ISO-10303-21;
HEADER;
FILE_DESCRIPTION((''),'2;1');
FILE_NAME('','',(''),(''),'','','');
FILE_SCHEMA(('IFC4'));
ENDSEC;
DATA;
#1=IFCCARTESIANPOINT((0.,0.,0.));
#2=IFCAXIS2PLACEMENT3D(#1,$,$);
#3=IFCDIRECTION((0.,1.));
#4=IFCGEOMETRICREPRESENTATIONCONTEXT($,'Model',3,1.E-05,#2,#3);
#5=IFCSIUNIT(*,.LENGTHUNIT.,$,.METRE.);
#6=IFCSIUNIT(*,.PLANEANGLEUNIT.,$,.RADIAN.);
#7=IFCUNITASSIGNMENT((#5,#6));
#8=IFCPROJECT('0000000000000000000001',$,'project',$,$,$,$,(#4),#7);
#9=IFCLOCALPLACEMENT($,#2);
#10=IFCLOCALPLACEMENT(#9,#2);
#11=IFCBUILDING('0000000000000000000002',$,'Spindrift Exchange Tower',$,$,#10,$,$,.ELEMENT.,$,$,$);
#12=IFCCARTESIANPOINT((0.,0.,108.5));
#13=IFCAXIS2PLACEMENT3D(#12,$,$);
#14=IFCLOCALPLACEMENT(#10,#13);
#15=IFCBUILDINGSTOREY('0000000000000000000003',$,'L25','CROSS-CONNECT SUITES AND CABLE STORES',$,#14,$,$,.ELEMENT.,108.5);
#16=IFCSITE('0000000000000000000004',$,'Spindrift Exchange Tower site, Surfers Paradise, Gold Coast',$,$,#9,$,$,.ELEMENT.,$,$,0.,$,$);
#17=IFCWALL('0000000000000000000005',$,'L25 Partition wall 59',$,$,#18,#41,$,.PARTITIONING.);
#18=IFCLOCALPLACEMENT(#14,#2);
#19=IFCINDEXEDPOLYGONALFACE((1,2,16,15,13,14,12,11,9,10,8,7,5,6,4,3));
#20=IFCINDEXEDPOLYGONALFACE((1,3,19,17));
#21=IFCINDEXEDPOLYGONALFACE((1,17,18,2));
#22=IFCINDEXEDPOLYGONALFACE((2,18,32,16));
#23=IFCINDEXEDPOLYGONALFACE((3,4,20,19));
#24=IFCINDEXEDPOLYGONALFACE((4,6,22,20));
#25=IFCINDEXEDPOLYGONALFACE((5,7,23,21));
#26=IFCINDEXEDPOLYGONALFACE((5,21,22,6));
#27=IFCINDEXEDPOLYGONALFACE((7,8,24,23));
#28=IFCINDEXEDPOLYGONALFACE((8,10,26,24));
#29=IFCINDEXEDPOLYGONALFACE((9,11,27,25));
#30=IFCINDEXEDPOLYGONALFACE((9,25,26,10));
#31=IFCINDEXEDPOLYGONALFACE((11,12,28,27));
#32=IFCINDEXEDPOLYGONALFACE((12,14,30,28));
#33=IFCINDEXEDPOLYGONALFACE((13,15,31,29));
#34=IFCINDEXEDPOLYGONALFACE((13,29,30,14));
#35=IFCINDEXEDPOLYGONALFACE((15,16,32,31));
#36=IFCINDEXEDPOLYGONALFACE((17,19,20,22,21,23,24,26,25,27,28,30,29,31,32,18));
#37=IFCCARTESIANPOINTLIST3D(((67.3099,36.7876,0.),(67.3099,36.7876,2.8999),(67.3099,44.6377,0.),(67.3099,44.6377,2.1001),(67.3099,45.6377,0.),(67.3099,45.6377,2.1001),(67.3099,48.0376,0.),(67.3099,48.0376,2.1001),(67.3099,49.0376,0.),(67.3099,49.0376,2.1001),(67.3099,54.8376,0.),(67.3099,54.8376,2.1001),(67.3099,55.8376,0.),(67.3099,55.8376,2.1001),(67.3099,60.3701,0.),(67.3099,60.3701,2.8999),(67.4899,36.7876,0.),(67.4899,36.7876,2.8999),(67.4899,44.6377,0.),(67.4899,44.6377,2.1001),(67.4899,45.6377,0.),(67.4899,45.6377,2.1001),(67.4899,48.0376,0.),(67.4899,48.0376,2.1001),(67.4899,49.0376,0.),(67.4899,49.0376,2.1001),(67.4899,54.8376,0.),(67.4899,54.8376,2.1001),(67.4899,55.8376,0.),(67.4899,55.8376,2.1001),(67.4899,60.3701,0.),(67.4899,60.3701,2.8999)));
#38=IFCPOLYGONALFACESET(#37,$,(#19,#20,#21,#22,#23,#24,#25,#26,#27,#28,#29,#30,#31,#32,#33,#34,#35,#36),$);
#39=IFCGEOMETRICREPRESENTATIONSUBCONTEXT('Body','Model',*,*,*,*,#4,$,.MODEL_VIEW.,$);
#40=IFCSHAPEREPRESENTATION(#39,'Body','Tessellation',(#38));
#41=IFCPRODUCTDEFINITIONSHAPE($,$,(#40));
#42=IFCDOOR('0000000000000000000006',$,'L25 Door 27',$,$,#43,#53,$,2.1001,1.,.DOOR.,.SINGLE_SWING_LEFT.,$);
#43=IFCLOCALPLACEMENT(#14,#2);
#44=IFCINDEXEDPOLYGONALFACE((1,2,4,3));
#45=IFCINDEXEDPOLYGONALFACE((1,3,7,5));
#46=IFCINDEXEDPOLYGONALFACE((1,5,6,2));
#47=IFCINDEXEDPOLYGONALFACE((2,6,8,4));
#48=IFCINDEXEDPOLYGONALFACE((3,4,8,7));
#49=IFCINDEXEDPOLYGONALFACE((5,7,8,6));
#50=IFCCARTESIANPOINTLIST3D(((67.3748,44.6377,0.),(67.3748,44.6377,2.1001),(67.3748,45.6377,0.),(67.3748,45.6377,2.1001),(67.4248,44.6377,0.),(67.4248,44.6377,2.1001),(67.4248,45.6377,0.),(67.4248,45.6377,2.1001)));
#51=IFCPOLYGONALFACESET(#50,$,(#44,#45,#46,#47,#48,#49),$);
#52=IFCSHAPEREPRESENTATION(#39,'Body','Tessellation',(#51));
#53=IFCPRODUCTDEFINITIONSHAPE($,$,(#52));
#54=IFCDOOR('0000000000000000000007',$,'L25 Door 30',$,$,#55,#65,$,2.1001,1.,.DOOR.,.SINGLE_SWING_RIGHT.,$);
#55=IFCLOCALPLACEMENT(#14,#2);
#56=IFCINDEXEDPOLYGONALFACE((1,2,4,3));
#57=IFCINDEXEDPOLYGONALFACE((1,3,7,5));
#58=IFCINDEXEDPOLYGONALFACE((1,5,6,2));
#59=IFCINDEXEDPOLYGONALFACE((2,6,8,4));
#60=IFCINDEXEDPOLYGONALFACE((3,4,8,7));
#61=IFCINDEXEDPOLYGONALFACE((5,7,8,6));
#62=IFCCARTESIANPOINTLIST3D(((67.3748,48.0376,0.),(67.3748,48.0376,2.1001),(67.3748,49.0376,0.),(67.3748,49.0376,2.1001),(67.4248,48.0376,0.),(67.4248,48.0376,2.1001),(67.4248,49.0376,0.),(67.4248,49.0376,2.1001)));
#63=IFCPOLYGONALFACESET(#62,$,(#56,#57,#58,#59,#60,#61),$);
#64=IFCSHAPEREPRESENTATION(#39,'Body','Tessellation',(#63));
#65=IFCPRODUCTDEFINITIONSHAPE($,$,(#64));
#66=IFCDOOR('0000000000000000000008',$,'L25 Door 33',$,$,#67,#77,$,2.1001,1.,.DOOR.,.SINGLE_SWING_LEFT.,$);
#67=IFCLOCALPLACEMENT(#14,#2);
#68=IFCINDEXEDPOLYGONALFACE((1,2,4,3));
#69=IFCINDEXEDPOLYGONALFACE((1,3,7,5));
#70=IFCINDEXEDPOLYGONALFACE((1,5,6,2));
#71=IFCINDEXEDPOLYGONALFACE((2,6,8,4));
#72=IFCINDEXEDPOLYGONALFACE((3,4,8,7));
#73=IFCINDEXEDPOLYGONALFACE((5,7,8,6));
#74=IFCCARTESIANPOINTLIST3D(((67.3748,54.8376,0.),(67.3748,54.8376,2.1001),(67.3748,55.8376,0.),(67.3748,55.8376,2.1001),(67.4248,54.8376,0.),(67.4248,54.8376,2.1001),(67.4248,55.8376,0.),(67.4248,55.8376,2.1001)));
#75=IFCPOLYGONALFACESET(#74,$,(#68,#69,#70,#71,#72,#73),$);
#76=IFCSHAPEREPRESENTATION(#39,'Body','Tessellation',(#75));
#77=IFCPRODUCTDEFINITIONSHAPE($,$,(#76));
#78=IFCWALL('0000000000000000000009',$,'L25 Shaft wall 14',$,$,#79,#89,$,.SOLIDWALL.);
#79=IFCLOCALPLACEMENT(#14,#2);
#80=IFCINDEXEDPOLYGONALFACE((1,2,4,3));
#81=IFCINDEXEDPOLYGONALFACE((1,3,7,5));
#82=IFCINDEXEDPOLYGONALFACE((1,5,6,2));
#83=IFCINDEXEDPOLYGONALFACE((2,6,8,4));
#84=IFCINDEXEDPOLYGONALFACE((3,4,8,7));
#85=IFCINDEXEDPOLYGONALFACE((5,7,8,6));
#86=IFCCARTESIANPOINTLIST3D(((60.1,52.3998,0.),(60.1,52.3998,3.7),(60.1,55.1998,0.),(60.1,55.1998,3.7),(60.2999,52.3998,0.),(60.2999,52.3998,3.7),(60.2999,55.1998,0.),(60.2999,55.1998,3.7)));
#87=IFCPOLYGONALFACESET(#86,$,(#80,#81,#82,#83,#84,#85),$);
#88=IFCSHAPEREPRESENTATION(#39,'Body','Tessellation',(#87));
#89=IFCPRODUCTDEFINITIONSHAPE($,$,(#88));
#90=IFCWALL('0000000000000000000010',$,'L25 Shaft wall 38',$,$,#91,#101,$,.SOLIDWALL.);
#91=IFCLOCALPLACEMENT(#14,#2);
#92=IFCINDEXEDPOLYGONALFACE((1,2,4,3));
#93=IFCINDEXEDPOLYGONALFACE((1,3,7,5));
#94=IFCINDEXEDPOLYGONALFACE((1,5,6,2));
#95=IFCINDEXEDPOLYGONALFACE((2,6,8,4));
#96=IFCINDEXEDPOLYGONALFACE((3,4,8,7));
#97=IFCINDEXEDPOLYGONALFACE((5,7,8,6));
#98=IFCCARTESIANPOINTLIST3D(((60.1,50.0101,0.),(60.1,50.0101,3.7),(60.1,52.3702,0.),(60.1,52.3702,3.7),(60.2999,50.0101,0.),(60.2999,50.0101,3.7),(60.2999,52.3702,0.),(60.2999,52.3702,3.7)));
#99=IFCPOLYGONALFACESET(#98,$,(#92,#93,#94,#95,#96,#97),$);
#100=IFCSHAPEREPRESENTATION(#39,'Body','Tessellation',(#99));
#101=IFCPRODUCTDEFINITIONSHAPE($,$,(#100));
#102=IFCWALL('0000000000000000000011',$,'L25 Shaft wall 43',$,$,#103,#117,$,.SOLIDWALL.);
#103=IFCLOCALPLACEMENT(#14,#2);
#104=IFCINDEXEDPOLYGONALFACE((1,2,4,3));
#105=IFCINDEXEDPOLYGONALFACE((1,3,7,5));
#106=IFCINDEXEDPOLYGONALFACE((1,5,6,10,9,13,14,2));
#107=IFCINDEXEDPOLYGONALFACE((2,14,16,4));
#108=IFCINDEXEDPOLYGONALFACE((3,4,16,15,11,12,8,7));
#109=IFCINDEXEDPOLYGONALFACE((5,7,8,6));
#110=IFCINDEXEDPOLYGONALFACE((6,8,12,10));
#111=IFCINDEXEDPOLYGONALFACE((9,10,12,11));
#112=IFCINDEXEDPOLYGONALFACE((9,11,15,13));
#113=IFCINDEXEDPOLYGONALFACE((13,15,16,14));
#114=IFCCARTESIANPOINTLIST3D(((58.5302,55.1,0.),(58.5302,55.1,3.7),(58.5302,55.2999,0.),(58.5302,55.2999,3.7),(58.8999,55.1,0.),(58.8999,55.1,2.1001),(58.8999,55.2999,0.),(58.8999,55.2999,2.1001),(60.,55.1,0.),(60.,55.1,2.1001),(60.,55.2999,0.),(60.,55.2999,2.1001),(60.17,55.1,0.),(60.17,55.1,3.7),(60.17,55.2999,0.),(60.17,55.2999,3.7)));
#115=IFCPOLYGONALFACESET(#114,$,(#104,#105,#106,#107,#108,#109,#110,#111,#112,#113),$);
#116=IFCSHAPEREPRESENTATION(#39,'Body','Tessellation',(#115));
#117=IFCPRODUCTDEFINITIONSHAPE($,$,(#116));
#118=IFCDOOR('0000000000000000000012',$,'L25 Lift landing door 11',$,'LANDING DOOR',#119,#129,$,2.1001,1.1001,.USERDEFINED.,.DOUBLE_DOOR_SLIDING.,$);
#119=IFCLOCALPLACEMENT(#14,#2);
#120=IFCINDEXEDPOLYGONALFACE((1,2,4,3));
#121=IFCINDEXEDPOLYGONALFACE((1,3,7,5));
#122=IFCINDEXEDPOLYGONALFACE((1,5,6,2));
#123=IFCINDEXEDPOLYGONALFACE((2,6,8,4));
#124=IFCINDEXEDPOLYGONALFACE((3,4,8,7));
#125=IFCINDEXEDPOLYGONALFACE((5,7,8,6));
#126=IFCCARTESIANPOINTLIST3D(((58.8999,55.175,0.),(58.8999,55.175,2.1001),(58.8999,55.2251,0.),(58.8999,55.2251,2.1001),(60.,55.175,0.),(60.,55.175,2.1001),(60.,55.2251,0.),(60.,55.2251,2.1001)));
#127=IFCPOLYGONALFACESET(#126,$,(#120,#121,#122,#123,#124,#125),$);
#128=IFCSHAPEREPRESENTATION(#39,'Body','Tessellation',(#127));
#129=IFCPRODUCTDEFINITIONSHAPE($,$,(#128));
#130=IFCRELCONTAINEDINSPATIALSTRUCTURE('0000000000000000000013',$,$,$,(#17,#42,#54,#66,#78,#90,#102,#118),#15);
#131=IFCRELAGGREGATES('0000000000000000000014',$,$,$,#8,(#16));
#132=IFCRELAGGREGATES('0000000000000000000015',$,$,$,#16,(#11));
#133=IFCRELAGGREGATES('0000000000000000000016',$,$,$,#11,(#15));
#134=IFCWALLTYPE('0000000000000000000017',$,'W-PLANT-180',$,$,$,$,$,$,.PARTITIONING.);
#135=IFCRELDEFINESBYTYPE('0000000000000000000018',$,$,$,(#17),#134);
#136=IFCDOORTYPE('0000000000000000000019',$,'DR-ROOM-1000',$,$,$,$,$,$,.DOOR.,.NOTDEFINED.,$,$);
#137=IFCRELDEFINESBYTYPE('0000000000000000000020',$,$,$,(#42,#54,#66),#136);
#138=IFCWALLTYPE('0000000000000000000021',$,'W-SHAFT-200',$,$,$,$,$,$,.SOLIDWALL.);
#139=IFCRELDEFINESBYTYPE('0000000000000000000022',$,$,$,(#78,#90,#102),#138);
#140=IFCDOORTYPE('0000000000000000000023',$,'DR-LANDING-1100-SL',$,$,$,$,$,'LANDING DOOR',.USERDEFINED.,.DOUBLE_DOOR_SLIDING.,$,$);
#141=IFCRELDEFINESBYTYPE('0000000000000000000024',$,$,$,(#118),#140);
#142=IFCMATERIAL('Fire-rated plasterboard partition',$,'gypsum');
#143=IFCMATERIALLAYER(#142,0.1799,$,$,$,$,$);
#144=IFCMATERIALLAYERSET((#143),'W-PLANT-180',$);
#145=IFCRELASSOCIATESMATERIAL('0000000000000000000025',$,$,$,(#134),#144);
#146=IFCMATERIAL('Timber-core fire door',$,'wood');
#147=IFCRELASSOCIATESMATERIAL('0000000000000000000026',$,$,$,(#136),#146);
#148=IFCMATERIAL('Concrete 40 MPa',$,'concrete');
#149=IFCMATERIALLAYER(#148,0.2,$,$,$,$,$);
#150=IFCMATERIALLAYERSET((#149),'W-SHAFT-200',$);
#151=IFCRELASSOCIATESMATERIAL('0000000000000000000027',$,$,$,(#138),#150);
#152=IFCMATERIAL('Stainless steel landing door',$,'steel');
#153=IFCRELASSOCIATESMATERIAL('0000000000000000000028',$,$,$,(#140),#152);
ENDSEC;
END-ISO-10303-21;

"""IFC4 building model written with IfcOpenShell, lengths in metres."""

from ifc_helpers import new_model, si_unit, direction, frame, frame_2d, origin, place, context, subcontext, project, spatial, rectangle, extrude, source, transform, mapped, material, layer, layer_set, type_object, element, fill, save


model = new_model("IFC4")

# Units and contexts
model_context = context("Model", 3, precision=1e-05, world=origin(), true_north=direction((0.0, 1.0)))
body_context = subcontext(model_context, "Body", "Model", "MODEL_VIEW")
ifc_project = project(units=[si_unit("LENGTHUNIT", "METRE"), si_unit("PLANEANGLEUNIT", "RADIAN")], contexts=[model_context])

# Site, building, storey
site_placement = place(None, origin())
site = spatial("IfcSite", under=ifc_project, at=site_placement, Name="Spindrift Exchange Tower site, Surfers Paradise, Gold Coast", CompositionType="ELEMENT", RefElevation=0.0)
building_placement = place(site_placement, origin())
building = spatial("IfcBuilding", under=site, at=building_placement, Name="Spindrift Exchange Tower", CompositionType="ELEMENT")
storey_placement = place(building_placement, frame((0.0, 0.0, 108.5)))
storey = spatial("IfcBuildingStorey", under=building, at=storey_placement, Name="L25", Description="CROSS-CONNECT SUITES AND CABLE STORES", CompositionType="ELEMENT", Elevation=108.5)

# Shared definitions
ifc_material_1 = material(Name="Fire-rated plasterboard partition", Category="gypsum")

# Wall, openings, doors
ifc_layer_1 = layer(ifc_material_1, 0.1799)
ifc_layer_set_1 = layer_set([ifc_layer_1], Name="W-PLANT-180")
wall_type_1 = type_object("IfcWallType", Name="W-PLANT-180", PredefinedType="PARTITIONING", material=ifc_layer_set_1)
wall_1_placement = place(storey_placement, frame((67.3999, 60.3701, 0.0), z_axis=(0.0, 0.0, 1.0), x_axis=(0.0, -1.0, 0.0)))
wall_1 = element("IfcWall", 1, at=wall_1_placement, inside=storey, type_object=wall_type_1, Name="L25 Partition wall 59", PredefinedType="PARTITIONING", context=body_context, shape_type="SweptSolid", body=[
    extrude(rectangle(XDim=23.5825, YDim=0.1799, at=frame_2d((11.7913, 0.0))), origin(), (0.0, 0.0, 1.0), 2.8999),
])
opening_1_placement = place(wall_1_placement, frame((14.7324, 0.0, 0.0)))
opening_1 = element("IfcOpeningElement", 2, at=opening_1_placement, cuts=wall_1, PredefinedType="OPENING", context=body_context, shape_type="SweptSolid", body=[
    extrude(rectangle(XDim=1.0, YDim=2.1001, at=frame_2d((0.5, 1.05))), frame((0.0, 0.0999, 0.0), z_axis=(0.0, -1.0, 0.0), x_axis=(1.0, 0.0, 0.0)), (0.0, 0.0, 1.0), 0.2),
])
opening_2_placement = place(wall_1_placement, frame((11.3325, 0.0, 0.0)))
opening_2 = element("IfcOpeningElement", 3, at=opening_2_placement, cuts=wall_1, PredefinedType="OPENING", context=body_context, shape_type="SweptSolid", body=[
    extrude(rectangle(XDim=1.0, YDim=2.1001, at=frame_2d((0.5, 1.05))), frame((0.0, 0.0999, 0.0), z_axis=(0.0, -1.0, 0.0), x_axis=(1.0, 0.0, 0.0)), (0.0, 0.0, 1.0), 0.2),
])
opening_3_placement = place(wall_1_placement, frame((4.5325, 0.0, 0.0)))
opening_3 = element("IfcOpeningElement", 4, at=opening_3_placement, cuts=wall_1, PredefinedType="OPENING", context=body_context, shape_type="SweptSolid", body=[
    extrude(rectangle(XDim=1.0, YDim=2.1001, at=frame_2d((0.5, 1.05))), frame((0.0, 0.0999, 0.0), z_axis=(0.0, -1.0, 0.0), x_axis=(1.0, 0.0, 0.0)), (0.0, 0.0, 1.0), 0.2),
])
ifc_material_2 = material(Name="Timber-core fire door", Category="wood")
door_type_1 = type_object("IfcDoorType", Name="DR-ROOM-1000", OperationType="NOTDEFINED", PredefinedType="DOOR", material=ifc_material_2)
shared_shape_1 = source(origin(), body_context, "Body", "SweptSolid", [
    extrude(rectangle(XDim=1.0, YDim=2.1001, at=frame_2d((0.5, 1.05))), frame((0.0, 0.0249, 0.0), z_axis=(0.0, -1.0, 0.0), x_axis=(1.0, 0.0, 0.0)), (0.0, 0.0, 1.0), 0.05),
])
door_1_placement = place(opening_1_placement, origin())
door_1 = element("IfcDoor", 5, at=door_1_placement, inside=storey, type_object=door_type_1, Name="L25 Door 27", OperationType="SINGLE_SWING_LEFT", OverallHeight=2.1001, OverallWidth=1.0, PredefinedType="DOOR", context=body_context, shape_type="MappedRepresentation", body=[
    mapped(shared_shape_1, transform((0.0, 0.0, 0.0), scale=1.0)),
])
fill(opening_1, door_1)
door_2_placement = place(opening_2_placement, origin())
door_2 = element("IfcDoor", 6, at=door_2_placement, inside=storey, type_object=door_type_1, Name="L25 Door 30", OperationType="SINGLE_SWING_RIGHT", OverallHeight=2.1001, OverallWidth=1.0, PredefinedType="DOOR", context=body_context, shape_type="MappedRepresentation", body=[
    mapped(shared_shape_1, transform((0.0, 0.0, 0.0), scale=1.0)),
])
fill(opening_2, door_2)
door_3_placement = place(opening_3_placement, origin())
door_3 = element("IfcDoor", 7, at=door_3_placement, inside=storey, type_object=door_type_1, Name="L25 Door 33", OperationType="SINGLE_SWING_LEFT", OverallHeight=2.1001, OverallWidth=1.0, PredefinedType="DOOR", context=body_context, shape_type="MappedRepresentation", body=[
    mapped(shared_shape_1, transform((0.0, 0.0, 0.0), scale=1.0)),
])
fill(opening_3, door_3)

# Walls
ifc_material_3 = material(Name="Concrete 40 MPa", Category="concrete")
ifc_layer_2 = layer(ifc_material_3, 0.2)
ifc_layer_set_2 = layer_set([ifc_layer_2], Name="W-SHAFT-200")
wall_type_2 = type_object("IfcWallType", Name="W-SHAFT-200", PredefinedType="SOLIDWALL", material=ifc_layer_set_2)
wall_2_placement = place(storey_placement, frame((60.2, 52.3999, 0.0), z_axis=(0.0, 0.0, 1.0), x_axis=(0.0, 1.0, 0.0)))
element("IfcWall", 8, at=wall_2_placement, inside=storey, type_object=wall_type_2, Name="L25 Shaft wall 14", PredefinedType="SOLIDWALL", context=body_context, shape_type="SweptSolid", body=[
    extrude(rectangle(XDim=2.8, YDim=0.2, at=frame_2d((1.3999, 0.0))), origin(), (0.0, 0.0, 1.0), 3.7),
])
wall_3_placement = place(storey_placement, frame((60.2, 50.01, 0.0), z_axis=(0.0, 0.0, 1.0), x_axis=(0.0, 1.0, 0.0)))
element("IfcWall", 9, at=wall_3_placement, inside=storey, type_object=wall_type_2, Name="L25 Shaft wall 38", PredefinedType="SOLIDWALL", context=body_context, shape_type="SweptSolid", body=[
    extrude(rectangle(XDim=2.3601, YDim=0.2, at=frame_2d((1.1802, 0.0))), origin(), (0.0, 0.0, 1.0), 3.7),
])

# Wall, opening, door
wall_4_placement = place(storey_placement, frame((60.1699, 55.2, 0.0), z_axis=(0.0, 0.0, 1.0), x_axis=(-1.0, 0.0, 0.0)))
wall_4 = element("IfcWall", 10, at=wall_4_placement, inside=storey, type_object=wall_type_2, Name="L25 Shaft wall 43", PredefinedType="SOLIDWALL", context=body_context, shape_type="SweptSolid", body=[
    extrude(rectangle(XDim=1.6399, YDim=0.2, at=frame_2d((0.8198, 0.0))), origin(), (0.0, 0.0, 1.0), 3.7),
])
opening_4_placement = place(wall_4_placement, frame((0.1699, 0.0, 0.0)))
opening_4 = element("IfcOpeningElement", 11, at=opening_4_placement, cuts=wall_4, PredefinedType="OPENING", context=body_context, shape_type="SweptSolid", body=[
    extrude(rectangle(XDim=1.1001, YDim=2.1001, at=frame_2d((0.55, 1.05))), frame((0.0, 0.1099, 0.0), z_axis=(0.0, -1.0, 0.0), x_axis=(1.0, 0.0, 0.0)), (0.0, 0.0, 1.0), 0.22),
])
ifc_material_4 = material(Name="Stainless steel landing door", Category="steel")
door_type_2 = type_object("IfcDoorType", Name="DR-LANDING-1100-SL", ElementType="LANDING DOOR", OperationType="DOUBLE_DOOR_SLIDING", PredefinedType="USERDEFINED", material=ifc_material_4)
shared_shape_2 = source(origin(), body_context, "Body", "SweptSolid", [
    extrude(rectangle(XDim=1.1001, YDim=2.1001, at=frame_2d((0.55, 1.05))), frame((0.0, 0.0249, 0.0), z_axis=(0.0, -1.0, 0.0), x_axis=(1.0, 0.0, 0.0)), (0.0, 0.0, 1.0), 0.05),
])
door_4_placement = place(opening_4_placement, origin())
door_4 = element("IfcDoor", 12, at=door_4_placement, inside=storey, type_object=door_type_2, Name="L25 Lift landing door 11", ObjectType="LANDING DOOR", OperationType="DOUBLE_DOOR_SLIDING", OverallHeight=2.1001, OverallWidth=1.1001, PredefinedType="USERDEFINED", context=body_context, shape_type="MappedRepresentation", body=[
    mapped(shared_shape_2, transform((0.0, 0.0, 0.0), scale=1.0)),
])
fill(opening_4, door_4)

save(model, "model.ifc")
